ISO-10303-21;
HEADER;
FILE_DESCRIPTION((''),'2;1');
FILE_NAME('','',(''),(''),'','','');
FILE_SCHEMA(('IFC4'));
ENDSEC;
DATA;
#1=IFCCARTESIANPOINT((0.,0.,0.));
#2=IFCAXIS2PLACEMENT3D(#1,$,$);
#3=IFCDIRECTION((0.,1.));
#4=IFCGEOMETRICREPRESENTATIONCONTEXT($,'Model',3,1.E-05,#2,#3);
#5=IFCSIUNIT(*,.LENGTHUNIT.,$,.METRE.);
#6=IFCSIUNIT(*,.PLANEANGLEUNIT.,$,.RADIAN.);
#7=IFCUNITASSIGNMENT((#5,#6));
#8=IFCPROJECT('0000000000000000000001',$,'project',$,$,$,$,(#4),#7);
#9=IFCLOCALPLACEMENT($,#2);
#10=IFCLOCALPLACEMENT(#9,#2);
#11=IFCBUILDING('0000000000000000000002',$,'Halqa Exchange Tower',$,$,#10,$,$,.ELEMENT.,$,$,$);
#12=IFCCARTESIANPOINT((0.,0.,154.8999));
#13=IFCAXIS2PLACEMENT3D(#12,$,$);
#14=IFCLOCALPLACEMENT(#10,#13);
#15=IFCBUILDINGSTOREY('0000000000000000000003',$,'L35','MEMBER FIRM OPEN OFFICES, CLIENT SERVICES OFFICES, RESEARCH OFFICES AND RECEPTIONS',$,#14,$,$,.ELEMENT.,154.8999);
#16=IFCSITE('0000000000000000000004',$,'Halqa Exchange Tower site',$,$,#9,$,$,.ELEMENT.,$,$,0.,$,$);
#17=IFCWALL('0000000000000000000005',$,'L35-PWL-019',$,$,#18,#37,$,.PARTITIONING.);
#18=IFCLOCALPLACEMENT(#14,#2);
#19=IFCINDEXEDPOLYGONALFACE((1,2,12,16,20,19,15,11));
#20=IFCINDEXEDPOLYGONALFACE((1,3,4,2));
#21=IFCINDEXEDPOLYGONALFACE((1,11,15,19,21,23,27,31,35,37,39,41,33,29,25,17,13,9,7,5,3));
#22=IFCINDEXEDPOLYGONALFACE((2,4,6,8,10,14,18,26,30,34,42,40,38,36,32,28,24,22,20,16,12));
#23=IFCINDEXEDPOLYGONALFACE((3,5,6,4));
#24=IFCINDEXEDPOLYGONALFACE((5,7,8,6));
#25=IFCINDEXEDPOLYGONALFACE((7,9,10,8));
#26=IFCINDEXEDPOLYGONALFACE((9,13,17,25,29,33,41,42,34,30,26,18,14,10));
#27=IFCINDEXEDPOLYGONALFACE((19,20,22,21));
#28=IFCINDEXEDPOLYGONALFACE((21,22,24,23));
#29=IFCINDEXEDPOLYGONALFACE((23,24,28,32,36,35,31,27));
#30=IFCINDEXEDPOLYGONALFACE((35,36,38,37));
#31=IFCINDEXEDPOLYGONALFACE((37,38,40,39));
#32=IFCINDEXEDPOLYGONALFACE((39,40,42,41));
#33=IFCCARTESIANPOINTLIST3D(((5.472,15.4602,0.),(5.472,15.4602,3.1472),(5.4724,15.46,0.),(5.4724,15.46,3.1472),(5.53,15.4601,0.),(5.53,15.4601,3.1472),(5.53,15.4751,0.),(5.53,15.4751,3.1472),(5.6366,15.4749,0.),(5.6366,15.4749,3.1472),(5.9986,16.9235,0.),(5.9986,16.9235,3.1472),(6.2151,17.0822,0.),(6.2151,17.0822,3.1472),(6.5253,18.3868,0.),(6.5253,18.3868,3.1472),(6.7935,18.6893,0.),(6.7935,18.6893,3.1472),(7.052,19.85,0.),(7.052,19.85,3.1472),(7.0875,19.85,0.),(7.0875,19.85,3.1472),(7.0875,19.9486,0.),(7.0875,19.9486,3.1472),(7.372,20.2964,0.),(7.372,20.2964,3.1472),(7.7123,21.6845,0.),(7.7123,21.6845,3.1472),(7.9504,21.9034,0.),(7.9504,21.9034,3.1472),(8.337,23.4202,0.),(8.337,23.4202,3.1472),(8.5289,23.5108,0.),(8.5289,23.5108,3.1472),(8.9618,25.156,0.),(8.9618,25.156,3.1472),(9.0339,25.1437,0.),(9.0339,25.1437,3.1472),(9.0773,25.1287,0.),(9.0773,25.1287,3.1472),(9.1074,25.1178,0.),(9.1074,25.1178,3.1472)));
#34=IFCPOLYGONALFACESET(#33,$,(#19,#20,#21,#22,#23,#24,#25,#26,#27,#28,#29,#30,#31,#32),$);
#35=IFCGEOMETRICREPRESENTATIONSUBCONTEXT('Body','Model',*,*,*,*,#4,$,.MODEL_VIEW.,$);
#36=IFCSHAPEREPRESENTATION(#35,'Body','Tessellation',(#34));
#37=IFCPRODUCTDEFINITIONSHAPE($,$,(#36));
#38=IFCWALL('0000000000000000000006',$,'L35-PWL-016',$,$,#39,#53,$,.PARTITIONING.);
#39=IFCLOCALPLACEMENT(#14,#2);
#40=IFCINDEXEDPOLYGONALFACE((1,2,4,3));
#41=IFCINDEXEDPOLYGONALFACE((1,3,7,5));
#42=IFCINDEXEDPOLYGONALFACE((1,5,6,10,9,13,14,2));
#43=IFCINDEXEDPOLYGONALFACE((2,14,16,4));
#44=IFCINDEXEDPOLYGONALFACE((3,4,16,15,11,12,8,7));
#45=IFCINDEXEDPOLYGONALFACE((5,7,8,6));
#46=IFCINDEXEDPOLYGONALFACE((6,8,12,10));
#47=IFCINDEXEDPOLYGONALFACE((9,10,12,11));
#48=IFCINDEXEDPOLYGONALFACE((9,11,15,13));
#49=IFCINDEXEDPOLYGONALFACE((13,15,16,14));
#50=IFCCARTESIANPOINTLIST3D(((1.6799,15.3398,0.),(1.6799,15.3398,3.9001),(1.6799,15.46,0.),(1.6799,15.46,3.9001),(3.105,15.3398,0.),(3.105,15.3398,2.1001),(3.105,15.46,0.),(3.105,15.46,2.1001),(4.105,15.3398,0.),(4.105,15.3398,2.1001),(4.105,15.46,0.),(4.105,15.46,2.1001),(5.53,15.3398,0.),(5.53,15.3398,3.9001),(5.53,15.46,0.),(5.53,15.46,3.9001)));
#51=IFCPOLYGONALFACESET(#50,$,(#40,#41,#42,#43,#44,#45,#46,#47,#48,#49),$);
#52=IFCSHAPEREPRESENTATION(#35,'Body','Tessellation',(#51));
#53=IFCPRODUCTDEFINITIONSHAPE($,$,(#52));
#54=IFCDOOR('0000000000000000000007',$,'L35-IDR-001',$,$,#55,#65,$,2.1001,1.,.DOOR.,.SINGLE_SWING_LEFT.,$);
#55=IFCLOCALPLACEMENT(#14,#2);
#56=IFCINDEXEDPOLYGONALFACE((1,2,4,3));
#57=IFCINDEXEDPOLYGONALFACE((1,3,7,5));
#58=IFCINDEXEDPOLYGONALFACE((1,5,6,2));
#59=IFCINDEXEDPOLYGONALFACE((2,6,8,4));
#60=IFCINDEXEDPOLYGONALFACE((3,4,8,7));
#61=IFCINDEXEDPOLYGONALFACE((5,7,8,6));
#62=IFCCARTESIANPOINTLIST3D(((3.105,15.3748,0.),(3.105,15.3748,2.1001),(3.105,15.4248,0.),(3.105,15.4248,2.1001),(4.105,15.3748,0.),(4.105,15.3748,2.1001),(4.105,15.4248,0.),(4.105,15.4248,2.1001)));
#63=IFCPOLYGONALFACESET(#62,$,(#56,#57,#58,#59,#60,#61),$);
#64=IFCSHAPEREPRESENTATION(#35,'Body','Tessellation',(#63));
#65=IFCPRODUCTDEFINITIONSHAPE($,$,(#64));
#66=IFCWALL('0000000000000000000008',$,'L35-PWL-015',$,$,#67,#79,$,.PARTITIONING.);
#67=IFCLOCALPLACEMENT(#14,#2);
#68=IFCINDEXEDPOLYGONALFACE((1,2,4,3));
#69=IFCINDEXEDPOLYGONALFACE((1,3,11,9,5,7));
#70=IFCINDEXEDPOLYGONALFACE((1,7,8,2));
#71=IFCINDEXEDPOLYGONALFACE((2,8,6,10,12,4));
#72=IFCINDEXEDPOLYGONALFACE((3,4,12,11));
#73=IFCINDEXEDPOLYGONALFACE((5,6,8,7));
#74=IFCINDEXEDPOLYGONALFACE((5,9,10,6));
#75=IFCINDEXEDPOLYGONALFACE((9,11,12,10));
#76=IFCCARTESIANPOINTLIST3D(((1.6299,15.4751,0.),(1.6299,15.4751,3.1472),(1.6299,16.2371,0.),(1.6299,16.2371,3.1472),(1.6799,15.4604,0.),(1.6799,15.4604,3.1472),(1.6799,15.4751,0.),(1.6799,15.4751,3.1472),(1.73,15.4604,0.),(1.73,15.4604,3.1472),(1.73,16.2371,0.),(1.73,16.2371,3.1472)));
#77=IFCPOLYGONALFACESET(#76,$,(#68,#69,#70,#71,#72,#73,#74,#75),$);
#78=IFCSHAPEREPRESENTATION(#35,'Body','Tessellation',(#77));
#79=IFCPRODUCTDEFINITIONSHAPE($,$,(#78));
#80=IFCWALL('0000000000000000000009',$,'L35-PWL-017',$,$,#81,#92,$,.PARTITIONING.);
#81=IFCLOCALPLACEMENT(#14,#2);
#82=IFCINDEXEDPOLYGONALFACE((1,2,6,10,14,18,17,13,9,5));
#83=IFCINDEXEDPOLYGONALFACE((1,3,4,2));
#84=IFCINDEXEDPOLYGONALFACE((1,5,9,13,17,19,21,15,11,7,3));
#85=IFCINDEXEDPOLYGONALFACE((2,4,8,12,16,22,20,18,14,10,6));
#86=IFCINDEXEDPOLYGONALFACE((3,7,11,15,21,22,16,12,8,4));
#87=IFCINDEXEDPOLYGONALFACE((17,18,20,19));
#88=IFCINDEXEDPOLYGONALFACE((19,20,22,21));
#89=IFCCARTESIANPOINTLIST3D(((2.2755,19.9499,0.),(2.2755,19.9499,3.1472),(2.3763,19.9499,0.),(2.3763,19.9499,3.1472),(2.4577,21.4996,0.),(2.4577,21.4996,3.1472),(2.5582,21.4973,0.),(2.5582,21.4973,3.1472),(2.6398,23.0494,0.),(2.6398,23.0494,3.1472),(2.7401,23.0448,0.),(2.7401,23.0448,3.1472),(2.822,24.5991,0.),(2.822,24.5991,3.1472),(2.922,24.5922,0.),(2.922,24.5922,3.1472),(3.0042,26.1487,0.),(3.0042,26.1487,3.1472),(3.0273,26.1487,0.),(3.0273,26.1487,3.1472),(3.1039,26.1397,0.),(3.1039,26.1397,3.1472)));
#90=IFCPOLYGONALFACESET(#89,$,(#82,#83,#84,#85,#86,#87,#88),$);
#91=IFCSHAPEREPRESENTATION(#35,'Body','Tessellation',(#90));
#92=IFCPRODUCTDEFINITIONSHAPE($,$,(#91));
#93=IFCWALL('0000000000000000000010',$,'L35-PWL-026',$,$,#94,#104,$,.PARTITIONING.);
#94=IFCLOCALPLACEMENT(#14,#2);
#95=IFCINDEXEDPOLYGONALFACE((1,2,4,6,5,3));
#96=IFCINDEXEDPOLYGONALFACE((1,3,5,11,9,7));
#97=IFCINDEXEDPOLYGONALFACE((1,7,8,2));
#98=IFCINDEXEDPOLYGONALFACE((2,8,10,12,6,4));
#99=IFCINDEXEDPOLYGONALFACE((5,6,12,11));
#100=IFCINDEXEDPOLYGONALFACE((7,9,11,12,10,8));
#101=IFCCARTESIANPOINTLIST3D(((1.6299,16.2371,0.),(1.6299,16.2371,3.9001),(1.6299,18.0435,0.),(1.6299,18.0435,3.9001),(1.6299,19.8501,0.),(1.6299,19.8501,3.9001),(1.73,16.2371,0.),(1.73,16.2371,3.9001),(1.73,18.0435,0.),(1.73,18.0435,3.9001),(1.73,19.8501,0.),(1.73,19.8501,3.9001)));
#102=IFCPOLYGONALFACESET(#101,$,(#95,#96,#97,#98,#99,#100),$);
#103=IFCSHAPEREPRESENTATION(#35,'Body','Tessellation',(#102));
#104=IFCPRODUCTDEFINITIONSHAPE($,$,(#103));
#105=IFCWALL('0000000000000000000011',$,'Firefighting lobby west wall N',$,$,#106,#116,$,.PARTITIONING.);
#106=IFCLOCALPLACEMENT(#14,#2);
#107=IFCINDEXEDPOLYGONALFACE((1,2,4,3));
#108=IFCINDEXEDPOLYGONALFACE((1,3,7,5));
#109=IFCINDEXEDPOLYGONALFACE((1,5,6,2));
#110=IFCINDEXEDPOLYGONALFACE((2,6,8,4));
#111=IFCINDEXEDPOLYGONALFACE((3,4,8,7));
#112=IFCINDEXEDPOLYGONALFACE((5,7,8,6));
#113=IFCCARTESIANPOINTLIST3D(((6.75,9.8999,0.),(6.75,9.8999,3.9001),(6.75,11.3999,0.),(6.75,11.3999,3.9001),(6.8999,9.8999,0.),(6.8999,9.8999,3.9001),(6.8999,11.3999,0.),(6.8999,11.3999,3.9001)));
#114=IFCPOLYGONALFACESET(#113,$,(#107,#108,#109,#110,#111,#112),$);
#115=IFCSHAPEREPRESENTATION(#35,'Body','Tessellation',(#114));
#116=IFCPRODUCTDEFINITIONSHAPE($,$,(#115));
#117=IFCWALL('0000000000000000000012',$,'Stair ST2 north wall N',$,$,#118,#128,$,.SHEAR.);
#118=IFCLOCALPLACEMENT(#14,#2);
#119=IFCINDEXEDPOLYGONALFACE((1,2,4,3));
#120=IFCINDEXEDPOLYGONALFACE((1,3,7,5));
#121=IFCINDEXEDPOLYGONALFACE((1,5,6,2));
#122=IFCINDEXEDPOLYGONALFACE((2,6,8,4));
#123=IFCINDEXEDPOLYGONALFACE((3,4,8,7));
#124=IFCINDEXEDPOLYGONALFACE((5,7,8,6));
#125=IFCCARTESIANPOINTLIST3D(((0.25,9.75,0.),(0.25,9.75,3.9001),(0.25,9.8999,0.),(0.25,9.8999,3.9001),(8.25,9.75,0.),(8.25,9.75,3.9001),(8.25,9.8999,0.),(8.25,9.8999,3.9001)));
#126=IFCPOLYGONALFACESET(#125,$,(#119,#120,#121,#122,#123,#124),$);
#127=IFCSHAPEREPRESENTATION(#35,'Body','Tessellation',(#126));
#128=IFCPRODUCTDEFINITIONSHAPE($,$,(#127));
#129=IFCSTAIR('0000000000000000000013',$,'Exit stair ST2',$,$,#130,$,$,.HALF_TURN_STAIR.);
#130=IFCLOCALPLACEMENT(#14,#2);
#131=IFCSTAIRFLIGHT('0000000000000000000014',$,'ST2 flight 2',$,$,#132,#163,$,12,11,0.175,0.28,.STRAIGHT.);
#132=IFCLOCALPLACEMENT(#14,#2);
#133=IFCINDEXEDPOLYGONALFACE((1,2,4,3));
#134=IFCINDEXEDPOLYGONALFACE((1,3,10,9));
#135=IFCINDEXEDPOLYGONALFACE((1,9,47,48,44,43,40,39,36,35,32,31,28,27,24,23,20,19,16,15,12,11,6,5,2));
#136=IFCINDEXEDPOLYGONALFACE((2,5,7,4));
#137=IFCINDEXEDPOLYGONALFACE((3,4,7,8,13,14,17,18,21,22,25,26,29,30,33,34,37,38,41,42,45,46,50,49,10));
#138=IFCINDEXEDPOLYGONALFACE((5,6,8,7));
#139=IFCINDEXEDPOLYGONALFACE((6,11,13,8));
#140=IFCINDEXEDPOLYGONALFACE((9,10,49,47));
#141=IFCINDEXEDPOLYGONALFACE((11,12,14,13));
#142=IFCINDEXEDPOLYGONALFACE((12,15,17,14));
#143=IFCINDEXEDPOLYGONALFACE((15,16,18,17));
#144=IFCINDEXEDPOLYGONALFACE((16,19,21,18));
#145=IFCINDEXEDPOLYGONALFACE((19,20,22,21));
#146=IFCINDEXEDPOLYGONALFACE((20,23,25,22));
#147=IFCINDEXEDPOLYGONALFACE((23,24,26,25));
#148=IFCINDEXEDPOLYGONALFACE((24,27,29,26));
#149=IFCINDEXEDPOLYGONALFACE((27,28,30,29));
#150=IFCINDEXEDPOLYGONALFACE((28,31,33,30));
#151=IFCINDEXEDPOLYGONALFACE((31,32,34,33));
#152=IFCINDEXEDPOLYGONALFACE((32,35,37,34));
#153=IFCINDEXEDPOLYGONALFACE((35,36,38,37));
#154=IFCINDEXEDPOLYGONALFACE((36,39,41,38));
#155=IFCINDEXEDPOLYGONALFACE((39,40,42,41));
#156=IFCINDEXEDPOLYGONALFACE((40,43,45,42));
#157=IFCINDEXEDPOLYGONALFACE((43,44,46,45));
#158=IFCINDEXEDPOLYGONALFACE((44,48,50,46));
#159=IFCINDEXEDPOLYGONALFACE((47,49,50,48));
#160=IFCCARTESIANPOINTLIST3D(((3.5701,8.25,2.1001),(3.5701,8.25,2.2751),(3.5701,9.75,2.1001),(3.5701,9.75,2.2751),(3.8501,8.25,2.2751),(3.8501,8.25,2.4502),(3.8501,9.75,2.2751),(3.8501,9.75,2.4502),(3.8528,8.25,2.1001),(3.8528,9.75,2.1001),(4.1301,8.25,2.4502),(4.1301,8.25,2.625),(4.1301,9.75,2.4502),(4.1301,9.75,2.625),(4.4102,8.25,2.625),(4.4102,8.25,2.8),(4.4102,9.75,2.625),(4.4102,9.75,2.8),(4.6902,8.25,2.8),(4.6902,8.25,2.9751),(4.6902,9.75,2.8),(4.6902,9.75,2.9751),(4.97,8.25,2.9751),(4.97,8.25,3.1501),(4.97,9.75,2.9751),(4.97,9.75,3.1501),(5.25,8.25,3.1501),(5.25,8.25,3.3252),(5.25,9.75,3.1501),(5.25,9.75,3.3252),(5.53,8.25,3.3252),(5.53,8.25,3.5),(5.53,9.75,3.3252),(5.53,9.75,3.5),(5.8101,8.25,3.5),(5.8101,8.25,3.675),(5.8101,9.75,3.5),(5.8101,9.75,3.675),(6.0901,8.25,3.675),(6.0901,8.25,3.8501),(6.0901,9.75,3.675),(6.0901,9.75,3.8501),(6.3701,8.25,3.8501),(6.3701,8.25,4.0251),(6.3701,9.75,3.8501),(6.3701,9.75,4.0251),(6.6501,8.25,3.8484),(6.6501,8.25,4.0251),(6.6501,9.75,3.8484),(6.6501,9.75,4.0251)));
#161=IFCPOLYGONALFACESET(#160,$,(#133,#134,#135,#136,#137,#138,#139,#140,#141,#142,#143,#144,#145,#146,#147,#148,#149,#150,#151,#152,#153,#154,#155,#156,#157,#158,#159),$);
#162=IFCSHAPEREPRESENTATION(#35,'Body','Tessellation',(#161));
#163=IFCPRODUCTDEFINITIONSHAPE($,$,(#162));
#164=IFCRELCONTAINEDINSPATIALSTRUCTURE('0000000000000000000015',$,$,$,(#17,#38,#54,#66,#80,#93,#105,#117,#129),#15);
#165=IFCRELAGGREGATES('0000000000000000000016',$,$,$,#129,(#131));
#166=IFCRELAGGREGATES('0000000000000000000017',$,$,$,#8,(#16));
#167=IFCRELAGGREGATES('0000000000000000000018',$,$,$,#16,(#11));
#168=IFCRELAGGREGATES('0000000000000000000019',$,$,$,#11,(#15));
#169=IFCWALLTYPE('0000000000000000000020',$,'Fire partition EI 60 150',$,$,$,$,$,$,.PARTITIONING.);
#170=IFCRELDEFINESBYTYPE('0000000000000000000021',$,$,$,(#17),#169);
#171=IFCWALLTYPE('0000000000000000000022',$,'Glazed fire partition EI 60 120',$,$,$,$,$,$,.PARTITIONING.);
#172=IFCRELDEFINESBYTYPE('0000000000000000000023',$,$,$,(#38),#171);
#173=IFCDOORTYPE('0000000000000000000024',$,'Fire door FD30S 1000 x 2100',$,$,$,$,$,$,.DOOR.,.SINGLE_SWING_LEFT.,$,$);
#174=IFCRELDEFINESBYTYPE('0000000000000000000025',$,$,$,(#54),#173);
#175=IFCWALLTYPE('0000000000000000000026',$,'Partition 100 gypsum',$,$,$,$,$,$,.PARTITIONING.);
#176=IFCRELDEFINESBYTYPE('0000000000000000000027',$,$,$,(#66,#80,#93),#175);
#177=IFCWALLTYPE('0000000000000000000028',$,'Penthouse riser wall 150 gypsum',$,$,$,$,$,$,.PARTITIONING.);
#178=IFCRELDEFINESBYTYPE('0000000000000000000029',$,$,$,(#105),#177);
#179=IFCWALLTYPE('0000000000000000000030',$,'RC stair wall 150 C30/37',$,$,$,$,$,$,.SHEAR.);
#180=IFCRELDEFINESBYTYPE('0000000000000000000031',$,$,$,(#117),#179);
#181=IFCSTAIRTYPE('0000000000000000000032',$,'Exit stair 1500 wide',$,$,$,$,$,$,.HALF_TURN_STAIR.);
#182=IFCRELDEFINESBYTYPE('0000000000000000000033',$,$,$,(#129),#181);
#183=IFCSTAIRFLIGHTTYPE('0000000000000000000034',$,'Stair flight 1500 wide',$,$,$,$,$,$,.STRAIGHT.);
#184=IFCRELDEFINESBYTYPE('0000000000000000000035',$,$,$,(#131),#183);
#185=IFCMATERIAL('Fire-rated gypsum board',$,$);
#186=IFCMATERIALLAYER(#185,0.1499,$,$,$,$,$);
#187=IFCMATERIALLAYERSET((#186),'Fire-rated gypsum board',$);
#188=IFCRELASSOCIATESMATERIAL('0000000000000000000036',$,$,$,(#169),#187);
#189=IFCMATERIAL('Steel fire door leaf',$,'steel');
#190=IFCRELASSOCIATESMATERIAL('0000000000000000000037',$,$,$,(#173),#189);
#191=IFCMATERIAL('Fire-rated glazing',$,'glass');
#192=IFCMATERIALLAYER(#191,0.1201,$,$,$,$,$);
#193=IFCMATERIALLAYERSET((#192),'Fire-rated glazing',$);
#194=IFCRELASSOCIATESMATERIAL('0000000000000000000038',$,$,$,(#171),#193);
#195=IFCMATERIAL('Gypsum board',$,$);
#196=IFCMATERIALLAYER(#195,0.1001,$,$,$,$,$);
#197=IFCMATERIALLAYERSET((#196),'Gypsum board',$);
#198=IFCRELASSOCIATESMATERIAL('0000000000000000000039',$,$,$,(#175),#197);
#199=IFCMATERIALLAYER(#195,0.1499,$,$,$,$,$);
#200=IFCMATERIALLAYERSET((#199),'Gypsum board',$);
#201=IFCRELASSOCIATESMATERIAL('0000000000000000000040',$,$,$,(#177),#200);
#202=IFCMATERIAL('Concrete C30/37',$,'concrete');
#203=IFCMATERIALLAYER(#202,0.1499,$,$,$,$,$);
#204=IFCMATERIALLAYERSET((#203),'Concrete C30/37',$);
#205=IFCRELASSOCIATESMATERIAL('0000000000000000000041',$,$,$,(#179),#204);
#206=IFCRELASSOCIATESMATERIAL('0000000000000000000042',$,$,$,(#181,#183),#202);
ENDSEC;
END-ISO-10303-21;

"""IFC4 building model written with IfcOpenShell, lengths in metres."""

from ifc_helpers import new_model, si_unit, direction, frame, frame_2d, origin, place, context, subcontext, project, spatial, polyline, rectangle, outline, extrude, material, layer, layer_set, type_object, element, fill, aggregate, save


model = new_model("IFC4")

# Units and contexts
model_context = context("Model", 3, precision=1e-05, world=origin(), true_north=direction((0.0, 1.0)))
body_context = subcontext(model_context, "Body", "Model", "MODEL_VIEW")
ifc_project = project(units=[si_unit("LENGTHUNIT", "METRE"), si_unit("PLANEANGLEUNIT", "RADIAN")], contexts=[model_context])

# Site, building, storey
site_placement = place(None, origin())
site = spatial("IfcSite", under=ifc_project, at=site_placement, Name="Halqa Exchange Tower site", CompositionType="ELEMENT", RefElevation=0.0)
building_placement = place(site_placement, origin())
building = spatial("IfcBuilding", under=site, at=building_placement, Name="Halqa Exchange Tower", CompositionType="ELEMENT")
storey_placement = place(building_placement, frame((0.0, 0.0, 154.8999)))
storey = spatial("IfcBuildingStorey", under=building, at=storey_placement, Name="L35", Description="MEMBER FIRM OPEN OFFICES, CLIENT SERVICES OFFICES, RESEARCH OFFICES AND RECEPTIONS", CompositionType="ELEMENT", Elevation=154.8999)

# Wall
ifc_material_1 = material(Name="Fire-rated gypsum board")
ifc_layer_1 = layer(ifc_material_1, 0.1499)
ifc_layer_set_1 = layer_set([ifc_layer_1], Name="Fire-rated gypsum board")
wall_type_1 = type_object("IfcWallType", Name="Fire partition EI 60 150", PredefinedType="PARTITIONING", material=ifc_layer_set_1)
wall_1_placement = place(storey_placement, frame((5.5425, 15.4348, 0.0), z_axis=(0.0, 0.0, 1.0), x_axis=(0.338662, 0.940908, 0.0)))
element("IfcWall", 1, at=wall_1_placement, inside=storey, type_object=wall_type_1, Name="L35-PWL-019", PredefinedType="PARTITIONING", context=body_context, shape_type="SweptSolid", body=[
    extrude(outline(polyline([(10.3181, -0.075), (10.3181, -0.043), (10.3176, 0.0029), (10.3047, 0.075), (8.46, 0.075), (6.6152, 0.075), (4.7703, 0.075), (4.6775, 0.0415), (4.6655, 0.075), (3.1104, 0.075), (1.5552, 0.075), (0.0, 0.075), (0.0, 0.0745), (0.0195, 0.0203), (0.0337, 0.0254), (0.0696, -0.075), (1.7778, -0.075), (3.4858, -0.075), (5.1938, -0.075), (6.9019, -0.075), (8.6101, -0.075), (10.3181, -0.075)])), origin(), (0.0, 0.0, 1.0), 3.1472),
])

# Wall, opening, door
ifc_material_2 = material(Name="Steel fire door leaf", Category="steel")
door_type_1 = type_object("IfcDoorType", Name="Fire door FD30S 1000 x 2100", OperationType="SINGLE_SWING_LEFT", PredefinedType="DOOR", material=ifc_material_2)
ifc_material_3 = material(Name="Fire-rated glazing", Category="glass")
ifc_layer_2 = layer(ifc_material_3, 0.1201)
ifc_layer_set_2 = layer_set([ifc_layer_2], Name="Fire-rated glazing")
wall_type_2 = type_object("IfcWallType", Name="Glazed fire partition EI 60 120", PredefinedType="PARTITIONING", material=ifc_layer_set_2)
wall_2_placement = place(storey_placement, frame((1.6799, 15.3999, 0.0), z_axis=(0.0, 0.0, 1.0), x_axis=(1.0, 0.0, 0.0)))
wall_2 = element("IfcWall", 2, at=wall_2_placement, inside=storey, type_object=wall_type_2, Name="L35-PWL-016", PredefinedType="PARTITIONING", context=body_context, shape_type="SweptSolid", body=[
    extrude(rectangle(XDim=3.8501, YDim=0.1201, at=frame_2d((1.925, 0.0))), origin(), (0.0, 0.0, 1.0), 3.9001),
])
opening_1_placement = place(wall_2_placement, frame((1.425, 0.0, 0.0)))
opening_1 = element("IfcOpeningElement", 3, at=opening_1_placement, cuts=wall_2, PredefinedType="OPENING", context=body_context, shape_type="SweptSolid", body=[
    extrude(rectangle(XDim=1.0, YDim=2.1001, at=frame_2d((0.5, 1.05))), frame((0.0, 0.072, 0.0), z_axis=(0.0, -1.0, 0.0), x_axis=(1.0, 0.0, 0.0)), (0.0, 0.0, 1.0), 0.144),
])
door_1_placement = place(opening_1_placement, origin())
door_1 = element("IfcDoor", 4, at=door_1_placement, inside=storey, type_object=door_type_1, Name="L35-IDR-001", OperationType="SINGLE_SWING_LEFT", OverallHeight=2.1001, OverallWidth=1.0, PredefinedType="DOOR", context=body_context, shape_type="SweptSolid", body=[
    extrude(rectangle(XDim=1.0, YDim=2.1001, at=frame_2d((0.5, 1.05))), frame((0.0, 0.0249, 0.0), z_axis=(0.0, -1.0, 0.0), x_axis=(1.0, 0.0, 0.0)), (0.0, 0.0, 1.0), 0.05),
])
fill(opening_1, door_1)

# Walls
ifc_material_4 = material(Name="Gypsum board")
ifc_layer_3 = layer(ifc_material_4, 0.1001)
ifc_layer_set_3 = layer_set([ifc_layer_3], Name="Gypsum board")
wall_type_3 = type_object("IfcWallType", Name="Partition 100 gypsum", PredefinedType="PARTITIONING", material=ifc_layer_set_3)
wall_3_placement = place(storey_placement, frame((1.6799, 15.4604, 0.0), z_axis=(0.0, 0.0, 1.0), x_axis=(0.0, 1.0, 0.0)))
element("IfcWall", 5, at=wall_3_placement, inside=storey, type_object=wall_type_3, Name="L35-PWL-015", PredefinedType="PARTITIONING", context=body_context, shape_type="SweptSolid", body=[
    extrude(outline(polyline([(0.7766, 0.05), (0.0146, 0.05), (0.0146, 0.0), (0.0, 0.0), (0.0, -0.05), (0.7766, -0.05), (0.7766, 0.05)])), origin(), (0.0, 0.0, 1.0), 3.1472),
])
wall_4_placement = place(storey_placement, frame((2.3252, 19.9441, 0.0), z_axis=(0.0, 0.0, 1.0), x_axis=(0.116751, 0.993161, 0.0)))
element("IfcWall", 6, at=wall_4_placement, inside=storey, type_object=wall_type_3, Name="L35-PWL-017", PredefinedType="PARTITIONING", context=body_context, shape_type="SweptSolid", body=[
    extrude(outline(polyline([(6.2441, -0.05), (6.2441, 0.0271), (6.2415, 0.05), (4.6812, 0.05), (3.1208, 0.05), (1.5603, 0.05), (0.0, 0.05), (0.0117, -0.05), (1.5698, -0.05), (3.1279, -0.05), (4.686, -0.05), (6.2441, -0.05)])), origin(), (0.0, 0.0, 1.0), 3.1472),
])
wall_5_placement = place(storey_placement, frame((1.6799, 16.2371, 0.0), z_axis=(0.0, 0.0, 1.0), x_axis=(0.0, 1.0, 0.0)))
element("IfcWall", 7, at=wall_5_placement, inside=storey, type_object=wall_type_3, Name="L35-PWL-026", PredefinedType="PARTITIONING", context=body_context, shape_type="SweptSolid", body=[
    extrude(outline(polyline([(0.0, -0.05), (1.8064, -0.05), (3.613, -0.05), (3.613, 0.05), (1.8064, 0.05), (0.0, 0.05), (0.0, -0.05)])), origin(), (0.0, 0.0, 1.0), 3.9001),
])
ifc_layer_4 = layer(ifc_material_4, 0.1499)
ifc_layer_set_4 = layer_set([ifc_layer_4], Name="Gypsum board")
wall_type_4 = type_object("IfcWallType", Name="Penthouse riser wall 150 gypsum", PredefinedType="PARTITIONING", material=ifc_layer_set_4)
wall_6_placement = place(storey_placement, frame((6.825, 9.8999, 0.0), z_axis=(0.0, 0.0, 1.0), x_axis=(0.0, 1.0, 0.0)))
element("IfcWall", 8, at=wall_6_placement, inside=storey, type_object=wall_type_4, Name="Firefighting lobby west wall N", PredefinedType="PARTITIONING", context=body_context, shape_type="SweptSolid", body=[
    extrude(rectangle(XDim=1.5, YDim=0.1499, at=frame_2d((0.75, 0.0))), origin(), (0.0, 0.0, 1.0), 3.9001),
])
ifc_material_5 = material(Name="Concrete C30/37", Category="concrete")
ifc_layer_5 = layer(ifc_material_5, 0.1499)
ifc_layer_set_5 = layer_set([ifc_layer_5], Name="Concrete C30/37")
wall_type_5 = type_object("IfcWallType", Name="RC stair wall 150 C30/37", PredefinedType="SHEAR", material=ifc_layer_set_5)
wall_7_placement = place(storey_placement, frame((0.25, 9.825, 0.0), z_axis=(0.0, 0.0, 1.0), x_axis=(1.0, 0.0, 0.0)))
element("IfcWall", 9, at=wall_7_placement, inside=storey, type_object=wall_type_5, Name="Stair ST2 north wall N", PredefinedType="SHEAR", context=body_context, shape_type="SweptSolid", body=[
    extrude(rectangle(XDim=8.0, YDim=0.1499, at=frame_2d((4.0, 0.0))), origin(), (0.0, 0.0, 1.0), 3.9001),
])

# Stair, stair flight
stair_type = type_object("IfcStairType", Name="Exit stair 1500 wide", PredefinedType="HALF_TURN_STAIR", material=ifc_material_5)
stair_placement = place(storey_placement, origin())
stair = element("IfcStair", 10, at=stair_placement, inside=storey, type_object=stair_type, Name="Exit stair ST2", PredefinedType="HALF_TURN_STAIR")
stair_flight_type = type_object("IfcStairFlightType", Name="Stair flight 1500 wide", PredefinedType="STRAIGHT", material=ifc_material_5)
stair_flight_placement = place(storey_placement, frame((3.5701, 9.0, 2.1001), z_axis=(0.0, 0.0, 1.0), x_axis=(1.0, 0.0, 0.0)))
stair_flight = element("IfcStairFlight", 11, at=stair_flight_placement, type_object=stair_flight_type, Name="ST2 flight 2", NumberOfRisers=12, NumberOfTreads=11, PredefinedType="STRAIGHT", RiserHeight=0.175, TreadLength=0.28, context=body_context, shape_type="SweptSolid", body=[
    extrude(outline(polyline([(0.0, 0.0), (0.0, 0.175), (0.28, 0.175), (0.28, 0.3501), (0.5601, 0.3501), (0.5601, 0.5249), (0.8401, 0.5249), (0.8401, 0.7), (1.1201, 0.7), (1.1201, 0.875), (1.3999, 0.875), (1.3999, 1.05), (1.6799, 1.05), (1.6799, 1.2251), (1.96, 1.2251), (1.96, 1.3999), (2.24, 1.3999), (2.24, 1.575), (2.52, 1.575), (2.52, 1.75), (2.8, 1.75), (2.8, 1.925), (3.0801, 1.925), (3.0801, 2.1001), (3.0801, 1.7483), (0.2827, 0.0), (0.0, 0.0)])), frame((0.0, 0.75, 0.0), z_axis=(0.0, -1.0, 0.0), x_axis=(1.0, 0.0, 0.0)), (0.0, 0.0, 1.0), 1.5),
])
aggregate(stair, [stair_flight])

save(model, "model.ifc")
